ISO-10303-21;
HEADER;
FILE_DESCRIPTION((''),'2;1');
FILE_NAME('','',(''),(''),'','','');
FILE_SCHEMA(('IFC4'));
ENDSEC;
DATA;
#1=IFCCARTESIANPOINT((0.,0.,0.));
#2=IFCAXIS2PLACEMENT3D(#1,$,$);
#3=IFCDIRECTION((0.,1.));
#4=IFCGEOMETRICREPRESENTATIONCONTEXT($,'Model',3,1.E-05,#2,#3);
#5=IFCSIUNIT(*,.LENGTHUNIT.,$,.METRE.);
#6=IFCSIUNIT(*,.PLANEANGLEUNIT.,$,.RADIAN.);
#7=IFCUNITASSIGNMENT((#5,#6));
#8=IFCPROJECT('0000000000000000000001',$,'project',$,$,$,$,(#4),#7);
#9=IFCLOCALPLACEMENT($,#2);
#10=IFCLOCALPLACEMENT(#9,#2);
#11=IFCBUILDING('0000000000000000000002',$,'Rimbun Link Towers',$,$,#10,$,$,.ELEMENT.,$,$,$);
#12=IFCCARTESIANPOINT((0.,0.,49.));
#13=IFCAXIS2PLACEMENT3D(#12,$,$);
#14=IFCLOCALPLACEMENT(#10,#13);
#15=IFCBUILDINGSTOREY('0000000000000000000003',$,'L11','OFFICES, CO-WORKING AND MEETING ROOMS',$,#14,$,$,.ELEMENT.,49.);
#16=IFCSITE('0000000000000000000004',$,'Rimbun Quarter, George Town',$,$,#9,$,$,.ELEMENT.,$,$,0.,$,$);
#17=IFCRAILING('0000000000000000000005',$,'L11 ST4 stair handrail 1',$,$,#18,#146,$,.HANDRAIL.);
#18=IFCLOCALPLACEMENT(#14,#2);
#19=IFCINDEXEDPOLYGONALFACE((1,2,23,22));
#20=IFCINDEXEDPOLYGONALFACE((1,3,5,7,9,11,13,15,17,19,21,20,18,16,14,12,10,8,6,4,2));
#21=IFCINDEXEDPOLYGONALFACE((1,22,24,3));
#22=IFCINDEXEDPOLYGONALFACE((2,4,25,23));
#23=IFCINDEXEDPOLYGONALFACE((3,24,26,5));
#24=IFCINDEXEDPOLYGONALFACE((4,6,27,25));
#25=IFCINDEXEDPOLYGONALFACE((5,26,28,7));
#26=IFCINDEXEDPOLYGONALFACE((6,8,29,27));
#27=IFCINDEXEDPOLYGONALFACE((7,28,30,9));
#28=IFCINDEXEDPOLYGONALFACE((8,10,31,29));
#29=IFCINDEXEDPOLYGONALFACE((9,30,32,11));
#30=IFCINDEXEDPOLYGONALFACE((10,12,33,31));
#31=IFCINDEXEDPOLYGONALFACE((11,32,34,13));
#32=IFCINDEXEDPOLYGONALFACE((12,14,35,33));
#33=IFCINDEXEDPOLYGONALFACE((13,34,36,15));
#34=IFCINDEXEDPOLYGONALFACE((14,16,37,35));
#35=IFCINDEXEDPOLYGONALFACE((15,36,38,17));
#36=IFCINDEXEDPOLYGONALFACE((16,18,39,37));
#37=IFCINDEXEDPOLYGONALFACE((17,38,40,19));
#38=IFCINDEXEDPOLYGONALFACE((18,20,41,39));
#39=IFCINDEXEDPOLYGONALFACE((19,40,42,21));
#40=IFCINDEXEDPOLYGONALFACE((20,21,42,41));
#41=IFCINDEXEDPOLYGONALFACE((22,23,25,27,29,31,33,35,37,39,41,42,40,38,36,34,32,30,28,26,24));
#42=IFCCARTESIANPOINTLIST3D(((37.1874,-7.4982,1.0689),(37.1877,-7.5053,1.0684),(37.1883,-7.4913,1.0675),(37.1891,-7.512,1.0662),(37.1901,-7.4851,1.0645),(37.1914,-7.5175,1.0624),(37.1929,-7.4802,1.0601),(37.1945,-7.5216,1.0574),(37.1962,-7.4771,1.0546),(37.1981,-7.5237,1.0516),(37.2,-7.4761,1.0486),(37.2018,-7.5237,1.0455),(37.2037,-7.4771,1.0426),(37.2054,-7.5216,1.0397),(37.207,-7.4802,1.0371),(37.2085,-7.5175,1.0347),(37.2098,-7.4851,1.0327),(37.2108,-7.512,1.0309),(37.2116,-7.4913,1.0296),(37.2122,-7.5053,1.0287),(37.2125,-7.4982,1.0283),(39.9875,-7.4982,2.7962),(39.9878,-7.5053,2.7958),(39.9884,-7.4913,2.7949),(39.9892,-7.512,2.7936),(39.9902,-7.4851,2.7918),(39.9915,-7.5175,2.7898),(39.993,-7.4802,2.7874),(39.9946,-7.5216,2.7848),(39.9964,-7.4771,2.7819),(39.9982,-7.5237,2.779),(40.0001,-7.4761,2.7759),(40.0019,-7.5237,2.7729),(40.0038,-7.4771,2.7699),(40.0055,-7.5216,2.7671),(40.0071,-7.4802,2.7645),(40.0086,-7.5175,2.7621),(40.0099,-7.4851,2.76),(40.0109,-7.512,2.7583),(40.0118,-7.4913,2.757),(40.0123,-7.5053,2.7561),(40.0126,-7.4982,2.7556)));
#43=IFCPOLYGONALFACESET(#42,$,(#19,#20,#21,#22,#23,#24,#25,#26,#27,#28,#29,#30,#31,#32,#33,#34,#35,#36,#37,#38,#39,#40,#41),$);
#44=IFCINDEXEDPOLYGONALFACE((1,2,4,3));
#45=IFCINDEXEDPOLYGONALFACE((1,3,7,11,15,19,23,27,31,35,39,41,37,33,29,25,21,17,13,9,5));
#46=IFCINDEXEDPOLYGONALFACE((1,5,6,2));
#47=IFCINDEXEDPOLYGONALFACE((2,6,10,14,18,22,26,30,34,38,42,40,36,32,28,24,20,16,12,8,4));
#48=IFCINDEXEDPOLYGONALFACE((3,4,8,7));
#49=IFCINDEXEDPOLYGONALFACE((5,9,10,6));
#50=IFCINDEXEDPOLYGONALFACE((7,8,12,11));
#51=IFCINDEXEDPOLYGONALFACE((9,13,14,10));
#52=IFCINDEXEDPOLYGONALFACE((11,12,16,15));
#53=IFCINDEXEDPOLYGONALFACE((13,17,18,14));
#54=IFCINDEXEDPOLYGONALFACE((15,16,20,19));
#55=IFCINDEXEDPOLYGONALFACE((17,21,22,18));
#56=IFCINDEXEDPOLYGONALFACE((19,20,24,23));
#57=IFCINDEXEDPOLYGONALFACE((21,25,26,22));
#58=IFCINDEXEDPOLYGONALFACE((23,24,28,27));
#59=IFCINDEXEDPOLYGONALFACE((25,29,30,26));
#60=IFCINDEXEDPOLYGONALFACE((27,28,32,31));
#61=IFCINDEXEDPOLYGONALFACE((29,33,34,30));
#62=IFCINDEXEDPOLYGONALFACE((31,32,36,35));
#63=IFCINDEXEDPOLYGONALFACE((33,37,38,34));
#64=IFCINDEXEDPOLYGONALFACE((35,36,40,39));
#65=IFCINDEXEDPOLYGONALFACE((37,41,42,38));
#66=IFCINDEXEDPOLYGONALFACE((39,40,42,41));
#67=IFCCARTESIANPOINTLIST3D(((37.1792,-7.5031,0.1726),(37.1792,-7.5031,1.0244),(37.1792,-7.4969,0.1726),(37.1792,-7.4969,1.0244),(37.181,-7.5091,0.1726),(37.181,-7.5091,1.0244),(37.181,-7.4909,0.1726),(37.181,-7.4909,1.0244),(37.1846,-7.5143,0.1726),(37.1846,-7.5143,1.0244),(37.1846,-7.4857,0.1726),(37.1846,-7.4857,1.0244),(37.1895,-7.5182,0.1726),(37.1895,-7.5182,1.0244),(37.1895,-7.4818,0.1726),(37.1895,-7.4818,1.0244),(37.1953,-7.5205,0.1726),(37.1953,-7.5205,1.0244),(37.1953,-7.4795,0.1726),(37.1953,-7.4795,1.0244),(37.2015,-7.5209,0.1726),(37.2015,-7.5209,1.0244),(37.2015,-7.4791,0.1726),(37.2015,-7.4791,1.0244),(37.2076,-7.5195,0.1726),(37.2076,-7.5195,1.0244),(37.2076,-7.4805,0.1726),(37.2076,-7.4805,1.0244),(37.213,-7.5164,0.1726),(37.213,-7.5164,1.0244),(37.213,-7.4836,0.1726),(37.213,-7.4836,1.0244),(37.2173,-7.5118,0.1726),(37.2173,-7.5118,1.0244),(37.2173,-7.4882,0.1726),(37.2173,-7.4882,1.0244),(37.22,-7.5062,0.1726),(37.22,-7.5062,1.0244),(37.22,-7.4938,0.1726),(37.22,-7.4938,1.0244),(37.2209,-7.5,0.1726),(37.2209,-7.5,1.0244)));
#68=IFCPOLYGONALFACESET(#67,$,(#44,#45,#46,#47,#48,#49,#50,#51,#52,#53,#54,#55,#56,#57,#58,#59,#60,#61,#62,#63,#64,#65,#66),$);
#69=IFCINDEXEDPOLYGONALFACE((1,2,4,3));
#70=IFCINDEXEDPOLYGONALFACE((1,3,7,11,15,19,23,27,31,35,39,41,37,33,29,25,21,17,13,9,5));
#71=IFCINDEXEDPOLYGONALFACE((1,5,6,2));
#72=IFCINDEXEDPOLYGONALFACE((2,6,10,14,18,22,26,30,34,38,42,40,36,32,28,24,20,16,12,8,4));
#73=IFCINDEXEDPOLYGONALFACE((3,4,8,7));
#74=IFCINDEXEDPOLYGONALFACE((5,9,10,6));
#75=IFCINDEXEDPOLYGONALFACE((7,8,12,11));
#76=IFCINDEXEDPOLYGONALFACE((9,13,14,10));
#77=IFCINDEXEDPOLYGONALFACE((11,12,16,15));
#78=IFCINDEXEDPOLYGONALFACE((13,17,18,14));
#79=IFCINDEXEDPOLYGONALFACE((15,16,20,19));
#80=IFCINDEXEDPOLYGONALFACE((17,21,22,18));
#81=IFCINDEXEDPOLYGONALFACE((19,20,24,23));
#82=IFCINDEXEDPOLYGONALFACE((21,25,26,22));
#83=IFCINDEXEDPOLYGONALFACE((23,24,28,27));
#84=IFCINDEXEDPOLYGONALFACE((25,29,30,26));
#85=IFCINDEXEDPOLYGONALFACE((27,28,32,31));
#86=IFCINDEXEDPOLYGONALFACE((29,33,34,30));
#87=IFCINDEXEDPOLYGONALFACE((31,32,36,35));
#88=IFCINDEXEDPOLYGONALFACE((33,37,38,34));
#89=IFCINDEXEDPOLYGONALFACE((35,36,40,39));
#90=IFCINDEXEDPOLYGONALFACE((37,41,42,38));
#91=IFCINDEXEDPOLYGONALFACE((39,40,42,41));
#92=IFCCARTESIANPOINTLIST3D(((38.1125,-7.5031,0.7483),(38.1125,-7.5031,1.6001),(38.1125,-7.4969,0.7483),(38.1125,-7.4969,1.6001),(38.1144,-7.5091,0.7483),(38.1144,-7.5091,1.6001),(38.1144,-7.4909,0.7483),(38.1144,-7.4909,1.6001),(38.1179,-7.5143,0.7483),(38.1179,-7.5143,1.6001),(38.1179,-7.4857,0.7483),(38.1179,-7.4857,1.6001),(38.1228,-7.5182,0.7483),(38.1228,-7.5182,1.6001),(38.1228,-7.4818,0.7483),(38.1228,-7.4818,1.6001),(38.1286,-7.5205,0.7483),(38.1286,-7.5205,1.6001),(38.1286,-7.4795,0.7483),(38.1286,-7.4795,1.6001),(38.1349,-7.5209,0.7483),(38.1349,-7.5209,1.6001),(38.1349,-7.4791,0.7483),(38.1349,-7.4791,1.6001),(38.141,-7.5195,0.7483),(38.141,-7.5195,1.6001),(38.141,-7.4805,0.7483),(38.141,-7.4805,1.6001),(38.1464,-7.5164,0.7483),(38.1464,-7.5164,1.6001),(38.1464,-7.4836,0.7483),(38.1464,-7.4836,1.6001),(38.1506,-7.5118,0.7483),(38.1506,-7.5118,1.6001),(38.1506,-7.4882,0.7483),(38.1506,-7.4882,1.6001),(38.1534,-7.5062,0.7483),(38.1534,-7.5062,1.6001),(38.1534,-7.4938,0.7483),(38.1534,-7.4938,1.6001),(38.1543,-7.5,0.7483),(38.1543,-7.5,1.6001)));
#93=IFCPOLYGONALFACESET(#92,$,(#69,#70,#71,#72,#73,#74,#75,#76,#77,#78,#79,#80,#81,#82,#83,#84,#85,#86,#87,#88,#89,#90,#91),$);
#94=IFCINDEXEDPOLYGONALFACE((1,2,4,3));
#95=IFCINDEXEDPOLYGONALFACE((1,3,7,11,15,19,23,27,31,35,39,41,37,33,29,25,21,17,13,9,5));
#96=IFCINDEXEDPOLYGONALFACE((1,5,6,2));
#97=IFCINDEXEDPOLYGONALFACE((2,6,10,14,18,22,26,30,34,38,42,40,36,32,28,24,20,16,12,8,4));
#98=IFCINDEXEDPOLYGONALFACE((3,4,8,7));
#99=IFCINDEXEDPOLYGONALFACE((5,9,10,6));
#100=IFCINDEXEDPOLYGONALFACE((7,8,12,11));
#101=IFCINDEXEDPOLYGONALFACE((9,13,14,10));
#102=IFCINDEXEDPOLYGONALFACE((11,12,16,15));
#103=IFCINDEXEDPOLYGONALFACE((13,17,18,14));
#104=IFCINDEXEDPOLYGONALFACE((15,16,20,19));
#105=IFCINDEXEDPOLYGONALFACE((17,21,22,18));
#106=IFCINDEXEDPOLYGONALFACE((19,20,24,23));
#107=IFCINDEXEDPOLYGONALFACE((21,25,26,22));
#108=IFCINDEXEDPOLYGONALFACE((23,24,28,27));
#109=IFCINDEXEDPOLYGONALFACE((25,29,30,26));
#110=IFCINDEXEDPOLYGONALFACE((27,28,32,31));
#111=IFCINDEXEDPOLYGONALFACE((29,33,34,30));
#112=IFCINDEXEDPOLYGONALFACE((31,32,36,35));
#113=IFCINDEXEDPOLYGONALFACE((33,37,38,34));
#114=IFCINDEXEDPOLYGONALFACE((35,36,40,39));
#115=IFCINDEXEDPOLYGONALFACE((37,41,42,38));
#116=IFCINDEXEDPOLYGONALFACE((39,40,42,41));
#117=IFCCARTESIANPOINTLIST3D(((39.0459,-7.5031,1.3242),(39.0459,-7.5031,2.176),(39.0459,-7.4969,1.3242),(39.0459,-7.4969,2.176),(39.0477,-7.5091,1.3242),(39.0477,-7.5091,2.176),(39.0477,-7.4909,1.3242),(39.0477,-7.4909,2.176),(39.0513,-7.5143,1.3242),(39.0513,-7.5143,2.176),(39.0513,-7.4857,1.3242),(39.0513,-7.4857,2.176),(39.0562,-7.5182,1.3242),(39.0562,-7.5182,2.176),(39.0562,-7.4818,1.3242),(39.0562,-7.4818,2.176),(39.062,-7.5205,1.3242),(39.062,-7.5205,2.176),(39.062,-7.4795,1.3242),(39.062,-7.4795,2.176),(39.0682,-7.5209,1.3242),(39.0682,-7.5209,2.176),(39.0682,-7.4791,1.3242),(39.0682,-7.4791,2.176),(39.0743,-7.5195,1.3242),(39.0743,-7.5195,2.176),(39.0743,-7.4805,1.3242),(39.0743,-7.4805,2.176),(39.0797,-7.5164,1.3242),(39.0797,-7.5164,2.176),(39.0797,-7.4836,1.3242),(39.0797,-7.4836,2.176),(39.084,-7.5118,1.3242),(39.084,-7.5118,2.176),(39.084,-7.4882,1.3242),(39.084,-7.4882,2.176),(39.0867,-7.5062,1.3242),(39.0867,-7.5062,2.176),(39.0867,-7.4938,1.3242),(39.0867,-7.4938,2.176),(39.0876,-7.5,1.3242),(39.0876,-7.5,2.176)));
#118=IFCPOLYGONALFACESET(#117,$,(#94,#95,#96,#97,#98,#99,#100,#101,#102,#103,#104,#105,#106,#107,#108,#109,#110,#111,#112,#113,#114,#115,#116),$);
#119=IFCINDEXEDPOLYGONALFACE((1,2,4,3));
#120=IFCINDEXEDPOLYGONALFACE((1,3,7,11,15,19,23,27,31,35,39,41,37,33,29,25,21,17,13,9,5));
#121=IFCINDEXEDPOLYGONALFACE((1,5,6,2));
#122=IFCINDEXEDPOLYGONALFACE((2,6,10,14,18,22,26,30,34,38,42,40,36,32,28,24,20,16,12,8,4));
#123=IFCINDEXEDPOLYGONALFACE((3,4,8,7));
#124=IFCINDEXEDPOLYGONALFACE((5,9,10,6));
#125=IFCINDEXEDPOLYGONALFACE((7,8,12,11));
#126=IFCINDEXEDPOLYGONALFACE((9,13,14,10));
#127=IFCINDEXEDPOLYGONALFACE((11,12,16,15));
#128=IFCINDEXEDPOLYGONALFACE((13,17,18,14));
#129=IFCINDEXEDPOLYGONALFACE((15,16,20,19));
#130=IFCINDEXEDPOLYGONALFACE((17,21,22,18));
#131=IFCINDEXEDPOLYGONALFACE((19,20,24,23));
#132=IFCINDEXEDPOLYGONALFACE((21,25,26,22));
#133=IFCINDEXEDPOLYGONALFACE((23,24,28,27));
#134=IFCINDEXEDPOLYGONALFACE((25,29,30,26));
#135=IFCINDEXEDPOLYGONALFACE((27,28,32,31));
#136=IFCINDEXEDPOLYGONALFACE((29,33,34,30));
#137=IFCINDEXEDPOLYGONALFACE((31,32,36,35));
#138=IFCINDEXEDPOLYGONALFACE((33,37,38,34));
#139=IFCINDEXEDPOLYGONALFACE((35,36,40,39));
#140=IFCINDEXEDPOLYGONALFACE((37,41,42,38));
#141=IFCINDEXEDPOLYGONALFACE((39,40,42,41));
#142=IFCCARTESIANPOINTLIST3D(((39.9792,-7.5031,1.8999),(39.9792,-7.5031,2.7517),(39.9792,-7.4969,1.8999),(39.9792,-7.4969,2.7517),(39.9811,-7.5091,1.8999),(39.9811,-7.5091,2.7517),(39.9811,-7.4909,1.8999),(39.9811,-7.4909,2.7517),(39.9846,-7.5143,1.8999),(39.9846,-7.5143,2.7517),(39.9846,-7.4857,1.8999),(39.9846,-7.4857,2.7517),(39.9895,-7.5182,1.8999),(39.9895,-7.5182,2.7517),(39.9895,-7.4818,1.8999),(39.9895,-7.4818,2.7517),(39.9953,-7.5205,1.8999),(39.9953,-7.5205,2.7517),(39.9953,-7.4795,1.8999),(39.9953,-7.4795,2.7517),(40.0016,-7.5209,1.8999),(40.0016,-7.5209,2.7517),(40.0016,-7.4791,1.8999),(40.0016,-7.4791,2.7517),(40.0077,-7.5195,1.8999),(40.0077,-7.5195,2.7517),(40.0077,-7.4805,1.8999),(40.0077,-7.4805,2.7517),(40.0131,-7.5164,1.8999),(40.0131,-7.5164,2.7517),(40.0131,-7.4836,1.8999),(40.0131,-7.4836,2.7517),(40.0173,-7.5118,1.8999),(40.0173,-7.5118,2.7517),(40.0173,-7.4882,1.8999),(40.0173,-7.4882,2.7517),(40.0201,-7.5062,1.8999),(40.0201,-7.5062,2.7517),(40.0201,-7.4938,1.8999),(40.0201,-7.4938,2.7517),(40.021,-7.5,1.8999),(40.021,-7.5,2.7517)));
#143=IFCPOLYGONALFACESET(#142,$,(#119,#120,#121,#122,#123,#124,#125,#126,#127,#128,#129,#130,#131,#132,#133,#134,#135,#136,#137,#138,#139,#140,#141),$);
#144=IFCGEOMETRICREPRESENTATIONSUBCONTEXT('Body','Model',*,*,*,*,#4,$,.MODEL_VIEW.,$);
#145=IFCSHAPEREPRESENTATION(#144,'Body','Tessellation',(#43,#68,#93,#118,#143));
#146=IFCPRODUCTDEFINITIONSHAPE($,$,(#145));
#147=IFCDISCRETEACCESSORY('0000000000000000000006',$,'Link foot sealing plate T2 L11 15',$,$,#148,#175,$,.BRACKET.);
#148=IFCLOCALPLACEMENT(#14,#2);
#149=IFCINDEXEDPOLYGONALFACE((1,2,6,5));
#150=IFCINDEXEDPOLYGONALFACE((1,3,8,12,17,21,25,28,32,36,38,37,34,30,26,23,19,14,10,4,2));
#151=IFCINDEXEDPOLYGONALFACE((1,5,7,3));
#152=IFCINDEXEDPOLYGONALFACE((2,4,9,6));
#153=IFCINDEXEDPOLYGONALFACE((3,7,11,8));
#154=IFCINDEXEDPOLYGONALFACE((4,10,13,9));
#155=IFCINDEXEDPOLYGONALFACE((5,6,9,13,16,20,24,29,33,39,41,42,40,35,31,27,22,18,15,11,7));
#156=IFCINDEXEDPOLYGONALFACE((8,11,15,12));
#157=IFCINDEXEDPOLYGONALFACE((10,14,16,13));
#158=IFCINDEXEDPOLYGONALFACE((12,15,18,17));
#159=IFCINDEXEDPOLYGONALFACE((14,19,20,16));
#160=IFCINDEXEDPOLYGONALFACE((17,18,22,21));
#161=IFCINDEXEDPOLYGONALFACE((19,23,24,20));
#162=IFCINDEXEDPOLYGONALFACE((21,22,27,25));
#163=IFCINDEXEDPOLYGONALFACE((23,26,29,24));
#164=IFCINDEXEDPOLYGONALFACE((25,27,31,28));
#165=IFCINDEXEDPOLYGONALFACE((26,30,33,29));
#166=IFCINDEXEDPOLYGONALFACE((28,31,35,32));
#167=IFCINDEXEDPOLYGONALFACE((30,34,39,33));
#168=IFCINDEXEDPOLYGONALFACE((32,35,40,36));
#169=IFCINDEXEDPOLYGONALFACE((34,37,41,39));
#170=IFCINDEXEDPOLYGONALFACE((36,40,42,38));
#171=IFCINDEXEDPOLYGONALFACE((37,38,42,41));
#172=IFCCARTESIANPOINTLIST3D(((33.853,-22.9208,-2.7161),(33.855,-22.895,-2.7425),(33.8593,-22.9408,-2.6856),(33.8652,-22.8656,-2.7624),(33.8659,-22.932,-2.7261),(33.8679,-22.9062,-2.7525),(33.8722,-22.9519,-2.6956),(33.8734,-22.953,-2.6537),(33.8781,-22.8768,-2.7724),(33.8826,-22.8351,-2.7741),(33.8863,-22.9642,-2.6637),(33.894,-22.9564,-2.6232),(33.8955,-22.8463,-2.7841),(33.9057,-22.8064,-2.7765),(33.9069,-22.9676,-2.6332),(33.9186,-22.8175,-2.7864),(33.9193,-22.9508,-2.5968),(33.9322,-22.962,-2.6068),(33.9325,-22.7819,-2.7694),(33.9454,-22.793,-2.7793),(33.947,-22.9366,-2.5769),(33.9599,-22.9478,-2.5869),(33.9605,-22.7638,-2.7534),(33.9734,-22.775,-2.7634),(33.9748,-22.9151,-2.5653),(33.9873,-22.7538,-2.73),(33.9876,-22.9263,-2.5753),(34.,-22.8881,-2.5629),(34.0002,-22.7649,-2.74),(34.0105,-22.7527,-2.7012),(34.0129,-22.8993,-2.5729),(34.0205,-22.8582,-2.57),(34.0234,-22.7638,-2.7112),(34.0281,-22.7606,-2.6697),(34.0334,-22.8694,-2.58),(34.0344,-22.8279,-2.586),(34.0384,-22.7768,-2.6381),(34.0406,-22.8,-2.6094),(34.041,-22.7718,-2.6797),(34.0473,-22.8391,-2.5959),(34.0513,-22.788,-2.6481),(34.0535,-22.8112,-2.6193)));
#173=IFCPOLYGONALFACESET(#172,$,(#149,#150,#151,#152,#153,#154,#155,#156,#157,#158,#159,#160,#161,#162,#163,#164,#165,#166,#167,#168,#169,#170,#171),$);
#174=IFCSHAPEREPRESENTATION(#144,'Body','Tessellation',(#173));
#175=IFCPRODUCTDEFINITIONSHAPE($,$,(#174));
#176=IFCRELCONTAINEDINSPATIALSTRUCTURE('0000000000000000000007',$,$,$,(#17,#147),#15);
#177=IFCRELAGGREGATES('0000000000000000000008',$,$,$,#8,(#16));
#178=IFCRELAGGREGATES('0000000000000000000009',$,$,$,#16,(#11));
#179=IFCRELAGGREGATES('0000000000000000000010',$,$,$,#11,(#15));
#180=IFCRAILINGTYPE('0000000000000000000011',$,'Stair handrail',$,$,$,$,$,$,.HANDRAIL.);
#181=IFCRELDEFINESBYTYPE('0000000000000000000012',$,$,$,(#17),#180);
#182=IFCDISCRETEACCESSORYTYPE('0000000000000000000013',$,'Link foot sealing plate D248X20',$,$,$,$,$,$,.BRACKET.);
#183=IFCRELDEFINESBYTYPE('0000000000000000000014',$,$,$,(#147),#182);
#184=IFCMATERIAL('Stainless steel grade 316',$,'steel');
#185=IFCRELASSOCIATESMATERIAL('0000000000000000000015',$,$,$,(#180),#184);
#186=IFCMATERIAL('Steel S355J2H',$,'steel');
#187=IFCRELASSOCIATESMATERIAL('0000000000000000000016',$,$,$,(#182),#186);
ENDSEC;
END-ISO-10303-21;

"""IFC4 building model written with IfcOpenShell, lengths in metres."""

from ifc_helpers import new_model, si_unit, direction, frame, origin, origin_2d, place, context, subcontext, project, spatial, circle, extrude, material, material_profile, profile_set, type_object, element, save


model = new_model("IFC4")

# Units and contexts
model_context = context("Model", 3, precision=1e-05, world=origin(), true_north=direction((0.0, 1.0)))
body_context = subcontext(model_context, "Body", "Model", "MODEL_VIEW")
ifc_project = project(units=[si_unit("LENGTHUNIT", "METRE"), si_unit("PLANEANGLEUNIT", "RADIAN")], contexts=[model_context])

# Site, building, storey
site_placement = place(None, origin())
site = spatial("IfcSite", under=ifc_project, at=site_placement, Name="Rimbun Quarter, George Town", CompositionType="ELEMENT", RefElevation=0.0)
building_placement = place(site_placement, origin())
building = spatial("IfcBuilding", under=site, at=building_placement, Name="Rimbun Link Towers", CompositionType="ELEMENT")
storey_placement = place(building_placement, frame((0.0, 0.0, 49.0)))
storey = spatial("IfcBuildingStorey", under=building, at=storey_placement, Name="L11", Description="OFFICES, CO-WORKING AND MEETING ROOMS", CompositionType="ELEMENT", Elevation=49.0)

# Railing
ifc_material_1 = material(Name="Stainless steel grade 316", Category="steel")
railing_type_1 = type_object("IfcRailingType", Name="Stair handrail", PredefinedType="HANDRAIL", material=ifc_material_1)
railing_1_placement = place(storey_placement, frame((37.2, -7.5, 0.1726)))
element("IfcRailing", 1, at=railing_1_placement, inside=storey, type_object=railing_type_1, Name="L11 ST4 stair handrail 1", PredefinedType="HANDRAIL", context=body_context, shape_type="SweptSolid", body=[
    extrude(circle(Radius=0.0239, at=origin_2d()), frame((0.0, 0.0, 0.876), z_axis=(0.85109, 0.0, 0.52502), x_axis=(0.0, 1.0, 0.0)), (0.0, 0.0, 1.0), 3.29),
    extrude(circle(Radius=0.021, at=origin_2d()), origin(), (0.0, 0.0, 1.0), 0.8518),
    extrude(circle(Radius=0.021, at=origin_2d()), frame((0.9333, 0.0, 0.5757)), (0.0, 0.0, 1.0), 0.8518),
    extrude(circle(Radius=0.021, at=origin_2d()), frame((1.8667, 0.0, 1.1516)), (0.0, 0.0, 1.0), 0.8518),
    extrude(circle(Radius=0.021, at=origin_2d()), frame((2.8, 0.0, 1.7273)), (0.0, 0.0, 1.0), 0.8518),
])

# Discrete accessory
ifc_material_2 = material(Name="Steel S355J2H", Category="steel")
ifc_material_profile_1 = material_profile(ifc_material_2, circle(Radius=0.124, at=origin_2d()), Name="PL D248")
ifc_profile_set_1 = profile_set([ifc_material_profile_1], Name="Steel S355J2H")
discrete_accessory_type = type_object("IfcDiscreteAccessoryType", Name="Link foot sealing plate D248X20", PredefinedType="BRACKET", material=ifc_profile_set_1)
discrete_accessory_placement = place(storey_placement, frame((33.9468, -22.8542, -2.6697), z_axis=(0.652089, -0.565964, -0.504446), x_axis=(0.655473, 0.755219, 0.0)))
element("IfcDiscreteAccessory", 2, at=discrete_accessory_placement, inside=storey, type_object=discrete_accessory_type, Name="Link foot sealing plate T2 L11 15", PredefinedType="BRACKET", context=body_context, shape_type="SweptSolid", body=[
    extrude(circle(Radius=0.124, at=origin_2d()), origin(), (0.0, 0.0, 1.0), 0.0198),
])

save(model, "model.ifc")
